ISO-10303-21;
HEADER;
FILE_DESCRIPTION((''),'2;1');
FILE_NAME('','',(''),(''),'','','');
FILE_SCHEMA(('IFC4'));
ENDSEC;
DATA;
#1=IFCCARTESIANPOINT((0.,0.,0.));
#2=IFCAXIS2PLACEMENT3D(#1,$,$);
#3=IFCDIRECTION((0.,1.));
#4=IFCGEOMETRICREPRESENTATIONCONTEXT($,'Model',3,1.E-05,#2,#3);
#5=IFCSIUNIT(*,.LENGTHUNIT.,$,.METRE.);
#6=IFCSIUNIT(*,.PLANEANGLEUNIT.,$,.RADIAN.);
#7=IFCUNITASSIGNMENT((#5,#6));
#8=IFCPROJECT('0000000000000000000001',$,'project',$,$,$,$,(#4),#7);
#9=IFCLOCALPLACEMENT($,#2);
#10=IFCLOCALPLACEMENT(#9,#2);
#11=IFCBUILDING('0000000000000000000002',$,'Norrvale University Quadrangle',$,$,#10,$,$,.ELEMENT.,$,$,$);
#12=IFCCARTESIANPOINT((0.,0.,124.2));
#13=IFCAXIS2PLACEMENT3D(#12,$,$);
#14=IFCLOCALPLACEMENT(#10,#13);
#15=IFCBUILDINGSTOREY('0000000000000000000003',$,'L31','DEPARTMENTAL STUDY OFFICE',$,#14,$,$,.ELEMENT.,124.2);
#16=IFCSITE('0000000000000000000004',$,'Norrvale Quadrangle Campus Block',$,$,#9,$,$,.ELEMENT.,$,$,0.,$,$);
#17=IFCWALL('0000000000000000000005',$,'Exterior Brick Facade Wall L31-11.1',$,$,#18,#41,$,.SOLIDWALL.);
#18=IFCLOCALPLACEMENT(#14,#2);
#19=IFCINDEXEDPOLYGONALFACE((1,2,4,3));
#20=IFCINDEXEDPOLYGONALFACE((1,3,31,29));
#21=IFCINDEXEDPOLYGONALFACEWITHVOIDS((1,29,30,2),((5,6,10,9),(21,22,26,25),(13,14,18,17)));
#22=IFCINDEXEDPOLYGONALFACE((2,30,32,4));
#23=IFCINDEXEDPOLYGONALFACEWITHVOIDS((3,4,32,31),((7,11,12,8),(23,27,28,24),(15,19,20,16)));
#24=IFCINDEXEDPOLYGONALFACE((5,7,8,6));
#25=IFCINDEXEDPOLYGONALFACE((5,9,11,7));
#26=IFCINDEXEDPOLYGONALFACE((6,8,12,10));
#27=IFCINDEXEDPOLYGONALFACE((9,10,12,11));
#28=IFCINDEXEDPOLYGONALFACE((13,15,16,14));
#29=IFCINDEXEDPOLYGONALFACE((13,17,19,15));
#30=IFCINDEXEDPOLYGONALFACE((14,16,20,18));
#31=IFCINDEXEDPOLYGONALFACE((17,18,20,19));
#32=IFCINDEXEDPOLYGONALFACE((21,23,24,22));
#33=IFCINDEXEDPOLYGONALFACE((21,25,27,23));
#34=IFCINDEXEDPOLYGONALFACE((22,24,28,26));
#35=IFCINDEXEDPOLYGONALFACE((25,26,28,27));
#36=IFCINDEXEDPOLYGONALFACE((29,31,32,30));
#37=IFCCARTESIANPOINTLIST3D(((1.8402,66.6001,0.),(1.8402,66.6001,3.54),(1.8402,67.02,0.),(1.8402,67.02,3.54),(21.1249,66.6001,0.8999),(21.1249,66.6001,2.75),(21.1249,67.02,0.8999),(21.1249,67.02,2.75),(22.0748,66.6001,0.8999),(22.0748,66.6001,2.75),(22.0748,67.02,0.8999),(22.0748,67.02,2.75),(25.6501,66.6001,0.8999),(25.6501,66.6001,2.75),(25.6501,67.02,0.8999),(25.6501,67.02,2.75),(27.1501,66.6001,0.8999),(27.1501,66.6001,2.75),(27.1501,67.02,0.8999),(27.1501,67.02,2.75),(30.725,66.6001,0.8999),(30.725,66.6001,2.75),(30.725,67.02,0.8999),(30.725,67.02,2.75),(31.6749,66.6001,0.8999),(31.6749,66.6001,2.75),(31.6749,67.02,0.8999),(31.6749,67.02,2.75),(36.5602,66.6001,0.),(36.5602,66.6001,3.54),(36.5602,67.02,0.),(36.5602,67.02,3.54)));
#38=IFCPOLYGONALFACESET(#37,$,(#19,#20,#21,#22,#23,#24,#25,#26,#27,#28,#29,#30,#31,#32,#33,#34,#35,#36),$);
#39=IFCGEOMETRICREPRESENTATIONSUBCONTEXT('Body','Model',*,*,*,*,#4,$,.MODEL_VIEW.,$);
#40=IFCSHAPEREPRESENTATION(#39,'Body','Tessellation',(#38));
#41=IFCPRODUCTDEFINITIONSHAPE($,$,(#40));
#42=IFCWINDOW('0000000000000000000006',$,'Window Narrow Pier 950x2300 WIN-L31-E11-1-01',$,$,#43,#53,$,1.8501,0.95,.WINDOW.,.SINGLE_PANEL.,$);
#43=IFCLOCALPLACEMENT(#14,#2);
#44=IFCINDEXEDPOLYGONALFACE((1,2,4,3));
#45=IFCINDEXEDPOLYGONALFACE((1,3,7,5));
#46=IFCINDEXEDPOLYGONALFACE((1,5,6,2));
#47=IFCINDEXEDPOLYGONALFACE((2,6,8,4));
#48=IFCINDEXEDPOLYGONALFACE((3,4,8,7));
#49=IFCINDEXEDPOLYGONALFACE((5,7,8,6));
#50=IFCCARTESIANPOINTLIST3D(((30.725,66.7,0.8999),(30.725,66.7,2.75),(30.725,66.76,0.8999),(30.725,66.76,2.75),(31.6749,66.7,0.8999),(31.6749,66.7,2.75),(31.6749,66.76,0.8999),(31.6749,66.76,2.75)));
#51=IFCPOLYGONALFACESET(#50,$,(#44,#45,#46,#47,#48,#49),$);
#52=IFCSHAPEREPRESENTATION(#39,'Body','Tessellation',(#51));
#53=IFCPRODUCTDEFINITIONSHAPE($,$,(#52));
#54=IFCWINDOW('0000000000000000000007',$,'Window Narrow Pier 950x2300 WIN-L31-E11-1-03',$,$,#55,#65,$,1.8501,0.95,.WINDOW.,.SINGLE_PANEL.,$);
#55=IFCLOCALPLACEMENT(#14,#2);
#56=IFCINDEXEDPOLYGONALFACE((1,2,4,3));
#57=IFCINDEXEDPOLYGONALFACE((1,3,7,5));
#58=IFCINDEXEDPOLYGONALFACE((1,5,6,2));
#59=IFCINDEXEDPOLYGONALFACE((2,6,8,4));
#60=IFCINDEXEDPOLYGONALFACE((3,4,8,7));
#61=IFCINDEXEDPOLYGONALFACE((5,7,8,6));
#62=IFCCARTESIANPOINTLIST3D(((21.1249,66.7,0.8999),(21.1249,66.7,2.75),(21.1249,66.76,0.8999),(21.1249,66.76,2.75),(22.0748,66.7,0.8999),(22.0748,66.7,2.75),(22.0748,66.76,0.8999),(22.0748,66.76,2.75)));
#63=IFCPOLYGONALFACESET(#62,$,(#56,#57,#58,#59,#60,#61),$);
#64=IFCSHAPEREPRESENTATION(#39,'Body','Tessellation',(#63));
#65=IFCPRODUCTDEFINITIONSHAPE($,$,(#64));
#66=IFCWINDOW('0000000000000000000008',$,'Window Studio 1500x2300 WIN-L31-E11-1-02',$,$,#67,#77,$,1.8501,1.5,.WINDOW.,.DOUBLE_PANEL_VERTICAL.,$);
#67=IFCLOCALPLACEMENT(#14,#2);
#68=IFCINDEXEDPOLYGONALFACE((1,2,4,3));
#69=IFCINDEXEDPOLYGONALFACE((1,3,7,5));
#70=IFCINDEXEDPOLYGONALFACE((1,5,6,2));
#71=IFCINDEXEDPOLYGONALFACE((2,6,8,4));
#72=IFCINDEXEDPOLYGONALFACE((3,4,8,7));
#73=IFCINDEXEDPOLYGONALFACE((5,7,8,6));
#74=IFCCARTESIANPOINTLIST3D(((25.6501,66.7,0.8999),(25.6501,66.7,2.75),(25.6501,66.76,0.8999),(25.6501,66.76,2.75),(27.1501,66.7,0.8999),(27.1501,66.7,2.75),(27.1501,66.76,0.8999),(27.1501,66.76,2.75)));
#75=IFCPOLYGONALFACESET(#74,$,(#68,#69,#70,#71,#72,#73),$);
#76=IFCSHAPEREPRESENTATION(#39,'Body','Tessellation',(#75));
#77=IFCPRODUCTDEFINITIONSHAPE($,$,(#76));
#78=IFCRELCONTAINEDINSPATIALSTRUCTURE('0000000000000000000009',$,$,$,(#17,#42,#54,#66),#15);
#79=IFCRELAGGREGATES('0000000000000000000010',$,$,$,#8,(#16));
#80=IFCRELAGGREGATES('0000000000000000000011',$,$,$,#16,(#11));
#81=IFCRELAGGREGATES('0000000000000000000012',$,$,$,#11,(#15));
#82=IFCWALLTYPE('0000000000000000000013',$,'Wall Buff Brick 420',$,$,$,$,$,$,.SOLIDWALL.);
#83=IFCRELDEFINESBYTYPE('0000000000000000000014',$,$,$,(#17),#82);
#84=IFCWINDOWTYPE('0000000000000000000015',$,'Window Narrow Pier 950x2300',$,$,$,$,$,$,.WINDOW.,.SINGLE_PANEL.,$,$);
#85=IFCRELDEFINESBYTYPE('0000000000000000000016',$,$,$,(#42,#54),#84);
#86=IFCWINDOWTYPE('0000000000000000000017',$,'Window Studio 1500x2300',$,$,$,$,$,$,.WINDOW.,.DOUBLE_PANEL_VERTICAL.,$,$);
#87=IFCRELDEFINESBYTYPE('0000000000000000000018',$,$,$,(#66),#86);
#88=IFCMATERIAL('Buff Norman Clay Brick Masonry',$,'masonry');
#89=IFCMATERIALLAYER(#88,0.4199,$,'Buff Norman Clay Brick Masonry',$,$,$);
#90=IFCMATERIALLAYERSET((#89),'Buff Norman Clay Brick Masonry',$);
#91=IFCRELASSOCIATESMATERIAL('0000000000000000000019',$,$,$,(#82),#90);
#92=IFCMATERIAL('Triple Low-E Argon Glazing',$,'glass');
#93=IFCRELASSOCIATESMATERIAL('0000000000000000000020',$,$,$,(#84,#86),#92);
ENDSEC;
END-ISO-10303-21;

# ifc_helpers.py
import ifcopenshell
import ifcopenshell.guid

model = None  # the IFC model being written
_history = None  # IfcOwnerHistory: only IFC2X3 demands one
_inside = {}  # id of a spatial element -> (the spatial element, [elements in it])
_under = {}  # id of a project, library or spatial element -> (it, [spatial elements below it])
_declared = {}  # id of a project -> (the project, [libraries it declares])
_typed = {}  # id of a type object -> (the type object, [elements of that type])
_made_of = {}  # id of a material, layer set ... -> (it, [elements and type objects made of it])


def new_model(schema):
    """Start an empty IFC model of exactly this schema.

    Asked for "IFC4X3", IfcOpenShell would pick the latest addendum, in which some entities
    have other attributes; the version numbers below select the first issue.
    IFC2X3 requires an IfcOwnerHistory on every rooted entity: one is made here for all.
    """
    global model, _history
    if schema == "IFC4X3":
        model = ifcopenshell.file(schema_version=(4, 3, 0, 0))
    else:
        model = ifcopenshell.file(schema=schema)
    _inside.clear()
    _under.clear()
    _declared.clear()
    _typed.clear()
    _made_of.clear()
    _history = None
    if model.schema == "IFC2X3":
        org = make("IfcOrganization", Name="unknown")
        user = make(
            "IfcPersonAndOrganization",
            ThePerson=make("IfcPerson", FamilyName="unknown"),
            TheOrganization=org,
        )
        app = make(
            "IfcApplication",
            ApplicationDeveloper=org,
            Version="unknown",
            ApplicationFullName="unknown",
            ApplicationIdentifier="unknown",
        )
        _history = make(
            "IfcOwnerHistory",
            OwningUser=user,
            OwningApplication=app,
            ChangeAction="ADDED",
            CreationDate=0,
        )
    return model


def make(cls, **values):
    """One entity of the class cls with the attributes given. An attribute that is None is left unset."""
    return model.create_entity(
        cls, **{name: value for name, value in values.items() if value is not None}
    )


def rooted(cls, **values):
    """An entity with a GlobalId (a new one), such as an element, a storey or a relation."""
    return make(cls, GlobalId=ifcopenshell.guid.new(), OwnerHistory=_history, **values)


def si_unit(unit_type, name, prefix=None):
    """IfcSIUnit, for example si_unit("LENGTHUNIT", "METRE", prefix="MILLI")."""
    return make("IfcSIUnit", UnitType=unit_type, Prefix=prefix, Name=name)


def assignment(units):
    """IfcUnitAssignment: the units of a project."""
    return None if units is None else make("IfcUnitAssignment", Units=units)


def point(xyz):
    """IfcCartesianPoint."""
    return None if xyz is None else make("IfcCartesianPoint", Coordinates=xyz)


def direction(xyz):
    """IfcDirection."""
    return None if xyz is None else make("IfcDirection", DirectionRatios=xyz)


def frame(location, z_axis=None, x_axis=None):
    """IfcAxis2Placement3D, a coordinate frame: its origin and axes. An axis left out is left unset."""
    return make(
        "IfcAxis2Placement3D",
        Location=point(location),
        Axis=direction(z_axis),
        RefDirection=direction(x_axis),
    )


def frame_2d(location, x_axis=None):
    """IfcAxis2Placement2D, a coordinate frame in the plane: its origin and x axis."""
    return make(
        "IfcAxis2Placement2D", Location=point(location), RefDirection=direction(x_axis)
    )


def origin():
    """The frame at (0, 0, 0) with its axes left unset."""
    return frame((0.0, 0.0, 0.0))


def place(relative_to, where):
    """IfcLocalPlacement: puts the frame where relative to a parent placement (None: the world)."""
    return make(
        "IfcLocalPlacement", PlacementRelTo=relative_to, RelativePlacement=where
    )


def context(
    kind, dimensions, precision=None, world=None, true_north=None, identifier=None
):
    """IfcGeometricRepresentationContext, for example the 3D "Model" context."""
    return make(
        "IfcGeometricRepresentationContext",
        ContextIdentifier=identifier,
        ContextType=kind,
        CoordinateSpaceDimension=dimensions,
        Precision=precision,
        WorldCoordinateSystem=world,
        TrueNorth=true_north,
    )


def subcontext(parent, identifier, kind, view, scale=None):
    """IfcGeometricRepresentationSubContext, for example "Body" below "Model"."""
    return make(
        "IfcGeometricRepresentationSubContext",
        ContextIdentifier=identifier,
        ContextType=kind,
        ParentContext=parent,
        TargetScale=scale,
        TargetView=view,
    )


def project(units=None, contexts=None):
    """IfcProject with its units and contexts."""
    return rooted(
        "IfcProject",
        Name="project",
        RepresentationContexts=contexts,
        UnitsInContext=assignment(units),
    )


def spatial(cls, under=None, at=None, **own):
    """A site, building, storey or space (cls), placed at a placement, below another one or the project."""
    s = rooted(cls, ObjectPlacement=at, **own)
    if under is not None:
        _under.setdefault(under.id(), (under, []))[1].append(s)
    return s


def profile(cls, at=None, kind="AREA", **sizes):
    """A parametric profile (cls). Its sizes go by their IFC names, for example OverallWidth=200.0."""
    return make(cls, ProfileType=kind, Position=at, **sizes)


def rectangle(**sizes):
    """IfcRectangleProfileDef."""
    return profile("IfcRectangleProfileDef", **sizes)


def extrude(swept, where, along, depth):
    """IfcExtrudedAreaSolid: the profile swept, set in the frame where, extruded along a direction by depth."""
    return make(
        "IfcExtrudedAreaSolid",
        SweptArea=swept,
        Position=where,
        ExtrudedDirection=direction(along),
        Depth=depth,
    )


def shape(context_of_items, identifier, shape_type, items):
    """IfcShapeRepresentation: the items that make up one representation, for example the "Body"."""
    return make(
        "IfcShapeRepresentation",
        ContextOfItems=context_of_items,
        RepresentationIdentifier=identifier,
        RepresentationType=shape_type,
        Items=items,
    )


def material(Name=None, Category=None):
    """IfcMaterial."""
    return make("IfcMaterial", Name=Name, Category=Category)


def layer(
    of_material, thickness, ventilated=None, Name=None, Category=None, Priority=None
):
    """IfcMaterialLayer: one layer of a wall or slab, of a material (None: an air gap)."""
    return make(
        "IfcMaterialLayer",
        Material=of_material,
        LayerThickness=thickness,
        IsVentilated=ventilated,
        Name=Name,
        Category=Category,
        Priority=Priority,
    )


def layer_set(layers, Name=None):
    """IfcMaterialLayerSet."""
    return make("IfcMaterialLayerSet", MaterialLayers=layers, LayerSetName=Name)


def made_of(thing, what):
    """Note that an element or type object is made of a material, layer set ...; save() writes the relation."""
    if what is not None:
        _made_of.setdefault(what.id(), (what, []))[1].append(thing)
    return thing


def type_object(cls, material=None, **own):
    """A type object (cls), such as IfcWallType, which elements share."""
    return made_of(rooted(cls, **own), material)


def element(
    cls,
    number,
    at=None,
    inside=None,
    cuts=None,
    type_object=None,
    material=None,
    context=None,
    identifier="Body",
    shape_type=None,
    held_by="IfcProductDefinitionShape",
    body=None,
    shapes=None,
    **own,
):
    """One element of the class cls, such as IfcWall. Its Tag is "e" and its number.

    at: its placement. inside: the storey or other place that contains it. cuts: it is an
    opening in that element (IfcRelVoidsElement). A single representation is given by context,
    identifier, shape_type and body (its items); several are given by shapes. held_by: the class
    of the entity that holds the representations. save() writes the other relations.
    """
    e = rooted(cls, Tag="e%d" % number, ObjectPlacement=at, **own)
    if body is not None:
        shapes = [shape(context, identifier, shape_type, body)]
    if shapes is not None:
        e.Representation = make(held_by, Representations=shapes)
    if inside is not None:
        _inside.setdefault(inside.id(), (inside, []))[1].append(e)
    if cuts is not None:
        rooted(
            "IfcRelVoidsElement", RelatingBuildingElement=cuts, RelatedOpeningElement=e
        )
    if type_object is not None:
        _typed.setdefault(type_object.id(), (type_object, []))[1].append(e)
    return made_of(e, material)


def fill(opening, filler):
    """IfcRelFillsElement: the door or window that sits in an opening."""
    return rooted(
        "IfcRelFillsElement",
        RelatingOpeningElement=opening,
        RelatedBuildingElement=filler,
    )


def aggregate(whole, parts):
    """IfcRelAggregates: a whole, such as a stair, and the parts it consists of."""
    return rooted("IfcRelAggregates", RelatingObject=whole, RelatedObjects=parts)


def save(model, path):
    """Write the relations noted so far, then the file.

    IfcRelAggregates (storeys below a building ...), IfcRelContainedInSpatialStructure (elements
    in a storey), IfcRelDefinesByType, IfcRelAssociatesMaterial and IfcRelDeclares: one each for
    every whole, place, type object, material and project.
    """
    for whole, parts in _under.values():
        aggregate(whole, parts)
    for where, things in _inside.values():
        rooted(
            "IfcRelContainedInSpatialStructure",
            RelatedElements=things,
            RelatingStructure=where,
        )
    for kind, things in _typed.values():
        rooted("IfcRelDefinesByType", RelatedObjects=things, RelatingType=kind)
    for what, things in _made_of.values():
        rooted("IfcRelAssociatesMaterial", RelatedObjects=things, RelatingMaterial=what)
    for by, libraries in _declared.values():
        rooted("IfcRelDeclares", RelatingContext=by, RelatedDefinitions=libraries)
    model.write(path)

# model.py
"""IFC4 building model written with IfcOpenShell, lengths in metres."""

from ifc_helpers import new_model, si_unit, direction, frame, frame_2d, origin, place, context, subcontext, project, spatial, rectangle, extrude, material, layer, layer_set, type_object, element, fill, save


model = new_model("IFC4")

# Units and contexts
model_context = context("Model", 3, precision=1e-05, world=origin(), true_north=direction((0.0, 1.0)))
body_context = subcontext(model_context, "Body", "Model", "MODEL_VIEW")
ifc_project = project(units=[si_unit("LENGTHUNIT", "METRE"), si_unit("PLANEANGLEUNIT", "RADIAN")], contexts=[model_context])

# Site, building, storey
site_placement = place(None, origin())
site = spatial("IfcSite", under=ifc_project, at=site_placement, Name="Norrvale Quadrangle Campus Block", CompositionType="ELEMENT", RefElevation=0.0)
building_placement = place(site_placement, origin())
building = spatial("IfcBuilding", under=site, at=building_placement, Name="Norrvale University Quadrangle", CompositionType="ELEMENT")
storey_placement = place(building_placement, frame((0.0, 0.0, 124.2)))
storey = spatial("IfcBuildingStorey", under=building, at=storey_placement, Name="L31", Description="DEPARTMENTAL STUDY OFFICE", CompositionType="ELEMENT", Elevation=124.2)

# Shared definitions
ifc_material_1 = material(Name="Buff Norman Clay Brick Masonry", Category="masonry")
ifc_layer = layer(ifc_material_1, 0.4199, Name="Buff Norman Clay Brick Masonry")
ifc_layer_set = layer_set([ifc_layer], Name="Buff Norman Clay Brick Masonry")
wall_type = type_object("IfcWallType", Name="Wall Buff Brick 420", PredefinedType="SOLIDWALL", material=ifc_layer_set)

# Wall, openings, windows
wall_1_placement = place(storey_placement, frame((36.5601, 66.8101, 0.0), z_axis=(0.0, 0.0, 1.0), x_axis=(-1.0, 0.0, 0.0)))
wall_1 = element("IfcWall", 1, at=wall_1_placement, inside=storey, type_object=wall_type, Name="Exterior Brick Facade Wall L31-11.1", PredefinedType="SOLIDWALL", context=body_context, shape_type="SweptSolid", body=[
    extrude(rectangle(XDim=34.72, YDim=0.4199, at=frame_2d((17.3599, 0.0))), origin(), (0.0, 0.0, 1.0), 3.54),
])
opening_1_placement = place(wall_1_placement, frame((4.885, 0.0, 0.8999)))
opening_1 = element("IfcOpeningElement", 2, at=opening_1_placement, cuts=wall_1, PredefinedType="OPENING", context=body_context, shape_type="SweptSolid", body=[
    extrude(rectangle(XDim=0.95, YDim=1.8501, at=frame_2d((0.4751, 0.925))), frame((0.0, 0.2219, 0.0), z_axis=(0.0, -1.0, 0.0), x_axis=(1.0, 0.0, 0.0)), (0.0, 0.0, 1.0), 0.4438),
])
opening_2_placement = place(wall_1_placement, frame((9.4099, 0.0, 0.8999)))
opening_2 = element("IfcOpeningElement", 3, at=opening_2_placement, cuts=wall_1, PredefinedType="OPENING", context=body_context, shape_type="SweptSolid", body=[
    extrude(rectangle(XDim=1.5, YDim=1.8501, at=frame_2d((0.75, 0.925))), frame((0.0, 0.2219, 0.0), z_axis=(0.0, -1.0, 0.0), x_axis=(1.0, 0.0, 0.0)), (0.0, 0.0, 1.0), 0.4438),
])
opening_3_placement = place(wall_1_placement, frame((14.4851, 0.0, 0.8999)))
opening_3 = element("IfcOpeningElement", 4, at=opening_3_placement, cuts=wall_1, PredefinedType="OPENING", context=body_context, shape_type="SweptSolid", body=[
    extrude(rectangle(XDim=0.95, YDim=1.8501, at=frame_2d((0.4751, 0.925))), frame((0.0, 0.2219, 0.0), z_axis=(0.0, -1.0, 0.0), x_axis=(1.0, 0.0, 0.0)), (0.0, 0.0, 1.0), 0.4438),
])
ifc_material_2 = material(Name="Triple Low-E Argon Glazing", Category="glass")
window_type_1 = type_object("IfcWindowType", Name="Window Narrow Pier 950x2300", PartitioningType="SINGLE_PANEL", PredefinedType="WINDOW", material=ifc_material_2)
window_1_placement = place(opening_1_placement, origin())
window_1 = element("IfcWindow", 5, at=window_1_placement, inside=storey, type_object=window_type_1, Name="Window Narrow Pier 950x2300 WIN-L31-E11-1-01", OverallHeight=1.8501, OverallWidth=0.95, PartitioningType="SINGLE_PANEL", PredefinedType="WINDOW", context=body_context, shape_type="SweptSolid", body=[
    extrude(rectangle(XDim=0.95, YDim=1.8501, at=frame_2d((0.4751, 0.925))), frame((0.0, 0.1101, 0.0), z_axis=(0.0, -1.0, 0.0), x_axis=(1.0, 0.0, 0.0)), (0.0, 0.0, 1.0), 0.0601),
])
fill(opening_1, window_1)
window_2_placement = place(opening_3_placement, origin())
window_2 = element("IfcWindow", 6, at=window_2_placement, inside=storey, type_object=window_type_1, Name="Window Narrow Pier 950x2300 WIN-L31-E11-1-03", OverallHeight=1.8501, OverallWidth=0.95, PartitioningType="SINGLE_PANEL", PredefinedType="WINDOW", context=body_context, shape_type="SweptSolid", body=[
    extrude(rectangle(XDim=0.95, YDim=1.8501, at=frame_2d((0.4751, 0.925))), frame((0.0, 0.1101, 0.0), z_axis=(0.0, -1.0, 0.0), x_axis=(1.0, 0.0, 0.0)), (0.0, 0.0, 1.0), 0.0601),
])
fill(opening_3, window_2)
window_type_2 = type_object("IfcWindowType", Name="Window Studio 1500x2300", PartitioningType="DOUBLE_PANEL_VERTICAL", PredefinedType="WINDOW", material=ifc_material_2)
window_3_placement = place(opening_2_placement, origin())
window_3 = element("IfcWindow", 7, at=window_3_placement, inside=storey, type_object=window_type_2, Name="Window Studio 1500x2300 WIN-L31-E11-1-02", OverallHeight=1.8501, OverallWidth=1.5, PartitioningType="DOUBLE_PANEL_VERTICAL", PredefinedType="WINDOW", context=body_context, shape_type="SweptSolid", body=[
    extrude(rectangle(XDim=1.5, YDim=1.8501, at=frame_2d((0.75, 0.925))), frame((0.0, 0.1101, 0.0), z_axis=(0.0, -1.0, 0.0), x_axis=(1.0, 0.0, 0.0)), (0.0, 0.0, 1.0), 0.0601),
])
fill(opening_2, window_3)

save(model, "model.ifc")
